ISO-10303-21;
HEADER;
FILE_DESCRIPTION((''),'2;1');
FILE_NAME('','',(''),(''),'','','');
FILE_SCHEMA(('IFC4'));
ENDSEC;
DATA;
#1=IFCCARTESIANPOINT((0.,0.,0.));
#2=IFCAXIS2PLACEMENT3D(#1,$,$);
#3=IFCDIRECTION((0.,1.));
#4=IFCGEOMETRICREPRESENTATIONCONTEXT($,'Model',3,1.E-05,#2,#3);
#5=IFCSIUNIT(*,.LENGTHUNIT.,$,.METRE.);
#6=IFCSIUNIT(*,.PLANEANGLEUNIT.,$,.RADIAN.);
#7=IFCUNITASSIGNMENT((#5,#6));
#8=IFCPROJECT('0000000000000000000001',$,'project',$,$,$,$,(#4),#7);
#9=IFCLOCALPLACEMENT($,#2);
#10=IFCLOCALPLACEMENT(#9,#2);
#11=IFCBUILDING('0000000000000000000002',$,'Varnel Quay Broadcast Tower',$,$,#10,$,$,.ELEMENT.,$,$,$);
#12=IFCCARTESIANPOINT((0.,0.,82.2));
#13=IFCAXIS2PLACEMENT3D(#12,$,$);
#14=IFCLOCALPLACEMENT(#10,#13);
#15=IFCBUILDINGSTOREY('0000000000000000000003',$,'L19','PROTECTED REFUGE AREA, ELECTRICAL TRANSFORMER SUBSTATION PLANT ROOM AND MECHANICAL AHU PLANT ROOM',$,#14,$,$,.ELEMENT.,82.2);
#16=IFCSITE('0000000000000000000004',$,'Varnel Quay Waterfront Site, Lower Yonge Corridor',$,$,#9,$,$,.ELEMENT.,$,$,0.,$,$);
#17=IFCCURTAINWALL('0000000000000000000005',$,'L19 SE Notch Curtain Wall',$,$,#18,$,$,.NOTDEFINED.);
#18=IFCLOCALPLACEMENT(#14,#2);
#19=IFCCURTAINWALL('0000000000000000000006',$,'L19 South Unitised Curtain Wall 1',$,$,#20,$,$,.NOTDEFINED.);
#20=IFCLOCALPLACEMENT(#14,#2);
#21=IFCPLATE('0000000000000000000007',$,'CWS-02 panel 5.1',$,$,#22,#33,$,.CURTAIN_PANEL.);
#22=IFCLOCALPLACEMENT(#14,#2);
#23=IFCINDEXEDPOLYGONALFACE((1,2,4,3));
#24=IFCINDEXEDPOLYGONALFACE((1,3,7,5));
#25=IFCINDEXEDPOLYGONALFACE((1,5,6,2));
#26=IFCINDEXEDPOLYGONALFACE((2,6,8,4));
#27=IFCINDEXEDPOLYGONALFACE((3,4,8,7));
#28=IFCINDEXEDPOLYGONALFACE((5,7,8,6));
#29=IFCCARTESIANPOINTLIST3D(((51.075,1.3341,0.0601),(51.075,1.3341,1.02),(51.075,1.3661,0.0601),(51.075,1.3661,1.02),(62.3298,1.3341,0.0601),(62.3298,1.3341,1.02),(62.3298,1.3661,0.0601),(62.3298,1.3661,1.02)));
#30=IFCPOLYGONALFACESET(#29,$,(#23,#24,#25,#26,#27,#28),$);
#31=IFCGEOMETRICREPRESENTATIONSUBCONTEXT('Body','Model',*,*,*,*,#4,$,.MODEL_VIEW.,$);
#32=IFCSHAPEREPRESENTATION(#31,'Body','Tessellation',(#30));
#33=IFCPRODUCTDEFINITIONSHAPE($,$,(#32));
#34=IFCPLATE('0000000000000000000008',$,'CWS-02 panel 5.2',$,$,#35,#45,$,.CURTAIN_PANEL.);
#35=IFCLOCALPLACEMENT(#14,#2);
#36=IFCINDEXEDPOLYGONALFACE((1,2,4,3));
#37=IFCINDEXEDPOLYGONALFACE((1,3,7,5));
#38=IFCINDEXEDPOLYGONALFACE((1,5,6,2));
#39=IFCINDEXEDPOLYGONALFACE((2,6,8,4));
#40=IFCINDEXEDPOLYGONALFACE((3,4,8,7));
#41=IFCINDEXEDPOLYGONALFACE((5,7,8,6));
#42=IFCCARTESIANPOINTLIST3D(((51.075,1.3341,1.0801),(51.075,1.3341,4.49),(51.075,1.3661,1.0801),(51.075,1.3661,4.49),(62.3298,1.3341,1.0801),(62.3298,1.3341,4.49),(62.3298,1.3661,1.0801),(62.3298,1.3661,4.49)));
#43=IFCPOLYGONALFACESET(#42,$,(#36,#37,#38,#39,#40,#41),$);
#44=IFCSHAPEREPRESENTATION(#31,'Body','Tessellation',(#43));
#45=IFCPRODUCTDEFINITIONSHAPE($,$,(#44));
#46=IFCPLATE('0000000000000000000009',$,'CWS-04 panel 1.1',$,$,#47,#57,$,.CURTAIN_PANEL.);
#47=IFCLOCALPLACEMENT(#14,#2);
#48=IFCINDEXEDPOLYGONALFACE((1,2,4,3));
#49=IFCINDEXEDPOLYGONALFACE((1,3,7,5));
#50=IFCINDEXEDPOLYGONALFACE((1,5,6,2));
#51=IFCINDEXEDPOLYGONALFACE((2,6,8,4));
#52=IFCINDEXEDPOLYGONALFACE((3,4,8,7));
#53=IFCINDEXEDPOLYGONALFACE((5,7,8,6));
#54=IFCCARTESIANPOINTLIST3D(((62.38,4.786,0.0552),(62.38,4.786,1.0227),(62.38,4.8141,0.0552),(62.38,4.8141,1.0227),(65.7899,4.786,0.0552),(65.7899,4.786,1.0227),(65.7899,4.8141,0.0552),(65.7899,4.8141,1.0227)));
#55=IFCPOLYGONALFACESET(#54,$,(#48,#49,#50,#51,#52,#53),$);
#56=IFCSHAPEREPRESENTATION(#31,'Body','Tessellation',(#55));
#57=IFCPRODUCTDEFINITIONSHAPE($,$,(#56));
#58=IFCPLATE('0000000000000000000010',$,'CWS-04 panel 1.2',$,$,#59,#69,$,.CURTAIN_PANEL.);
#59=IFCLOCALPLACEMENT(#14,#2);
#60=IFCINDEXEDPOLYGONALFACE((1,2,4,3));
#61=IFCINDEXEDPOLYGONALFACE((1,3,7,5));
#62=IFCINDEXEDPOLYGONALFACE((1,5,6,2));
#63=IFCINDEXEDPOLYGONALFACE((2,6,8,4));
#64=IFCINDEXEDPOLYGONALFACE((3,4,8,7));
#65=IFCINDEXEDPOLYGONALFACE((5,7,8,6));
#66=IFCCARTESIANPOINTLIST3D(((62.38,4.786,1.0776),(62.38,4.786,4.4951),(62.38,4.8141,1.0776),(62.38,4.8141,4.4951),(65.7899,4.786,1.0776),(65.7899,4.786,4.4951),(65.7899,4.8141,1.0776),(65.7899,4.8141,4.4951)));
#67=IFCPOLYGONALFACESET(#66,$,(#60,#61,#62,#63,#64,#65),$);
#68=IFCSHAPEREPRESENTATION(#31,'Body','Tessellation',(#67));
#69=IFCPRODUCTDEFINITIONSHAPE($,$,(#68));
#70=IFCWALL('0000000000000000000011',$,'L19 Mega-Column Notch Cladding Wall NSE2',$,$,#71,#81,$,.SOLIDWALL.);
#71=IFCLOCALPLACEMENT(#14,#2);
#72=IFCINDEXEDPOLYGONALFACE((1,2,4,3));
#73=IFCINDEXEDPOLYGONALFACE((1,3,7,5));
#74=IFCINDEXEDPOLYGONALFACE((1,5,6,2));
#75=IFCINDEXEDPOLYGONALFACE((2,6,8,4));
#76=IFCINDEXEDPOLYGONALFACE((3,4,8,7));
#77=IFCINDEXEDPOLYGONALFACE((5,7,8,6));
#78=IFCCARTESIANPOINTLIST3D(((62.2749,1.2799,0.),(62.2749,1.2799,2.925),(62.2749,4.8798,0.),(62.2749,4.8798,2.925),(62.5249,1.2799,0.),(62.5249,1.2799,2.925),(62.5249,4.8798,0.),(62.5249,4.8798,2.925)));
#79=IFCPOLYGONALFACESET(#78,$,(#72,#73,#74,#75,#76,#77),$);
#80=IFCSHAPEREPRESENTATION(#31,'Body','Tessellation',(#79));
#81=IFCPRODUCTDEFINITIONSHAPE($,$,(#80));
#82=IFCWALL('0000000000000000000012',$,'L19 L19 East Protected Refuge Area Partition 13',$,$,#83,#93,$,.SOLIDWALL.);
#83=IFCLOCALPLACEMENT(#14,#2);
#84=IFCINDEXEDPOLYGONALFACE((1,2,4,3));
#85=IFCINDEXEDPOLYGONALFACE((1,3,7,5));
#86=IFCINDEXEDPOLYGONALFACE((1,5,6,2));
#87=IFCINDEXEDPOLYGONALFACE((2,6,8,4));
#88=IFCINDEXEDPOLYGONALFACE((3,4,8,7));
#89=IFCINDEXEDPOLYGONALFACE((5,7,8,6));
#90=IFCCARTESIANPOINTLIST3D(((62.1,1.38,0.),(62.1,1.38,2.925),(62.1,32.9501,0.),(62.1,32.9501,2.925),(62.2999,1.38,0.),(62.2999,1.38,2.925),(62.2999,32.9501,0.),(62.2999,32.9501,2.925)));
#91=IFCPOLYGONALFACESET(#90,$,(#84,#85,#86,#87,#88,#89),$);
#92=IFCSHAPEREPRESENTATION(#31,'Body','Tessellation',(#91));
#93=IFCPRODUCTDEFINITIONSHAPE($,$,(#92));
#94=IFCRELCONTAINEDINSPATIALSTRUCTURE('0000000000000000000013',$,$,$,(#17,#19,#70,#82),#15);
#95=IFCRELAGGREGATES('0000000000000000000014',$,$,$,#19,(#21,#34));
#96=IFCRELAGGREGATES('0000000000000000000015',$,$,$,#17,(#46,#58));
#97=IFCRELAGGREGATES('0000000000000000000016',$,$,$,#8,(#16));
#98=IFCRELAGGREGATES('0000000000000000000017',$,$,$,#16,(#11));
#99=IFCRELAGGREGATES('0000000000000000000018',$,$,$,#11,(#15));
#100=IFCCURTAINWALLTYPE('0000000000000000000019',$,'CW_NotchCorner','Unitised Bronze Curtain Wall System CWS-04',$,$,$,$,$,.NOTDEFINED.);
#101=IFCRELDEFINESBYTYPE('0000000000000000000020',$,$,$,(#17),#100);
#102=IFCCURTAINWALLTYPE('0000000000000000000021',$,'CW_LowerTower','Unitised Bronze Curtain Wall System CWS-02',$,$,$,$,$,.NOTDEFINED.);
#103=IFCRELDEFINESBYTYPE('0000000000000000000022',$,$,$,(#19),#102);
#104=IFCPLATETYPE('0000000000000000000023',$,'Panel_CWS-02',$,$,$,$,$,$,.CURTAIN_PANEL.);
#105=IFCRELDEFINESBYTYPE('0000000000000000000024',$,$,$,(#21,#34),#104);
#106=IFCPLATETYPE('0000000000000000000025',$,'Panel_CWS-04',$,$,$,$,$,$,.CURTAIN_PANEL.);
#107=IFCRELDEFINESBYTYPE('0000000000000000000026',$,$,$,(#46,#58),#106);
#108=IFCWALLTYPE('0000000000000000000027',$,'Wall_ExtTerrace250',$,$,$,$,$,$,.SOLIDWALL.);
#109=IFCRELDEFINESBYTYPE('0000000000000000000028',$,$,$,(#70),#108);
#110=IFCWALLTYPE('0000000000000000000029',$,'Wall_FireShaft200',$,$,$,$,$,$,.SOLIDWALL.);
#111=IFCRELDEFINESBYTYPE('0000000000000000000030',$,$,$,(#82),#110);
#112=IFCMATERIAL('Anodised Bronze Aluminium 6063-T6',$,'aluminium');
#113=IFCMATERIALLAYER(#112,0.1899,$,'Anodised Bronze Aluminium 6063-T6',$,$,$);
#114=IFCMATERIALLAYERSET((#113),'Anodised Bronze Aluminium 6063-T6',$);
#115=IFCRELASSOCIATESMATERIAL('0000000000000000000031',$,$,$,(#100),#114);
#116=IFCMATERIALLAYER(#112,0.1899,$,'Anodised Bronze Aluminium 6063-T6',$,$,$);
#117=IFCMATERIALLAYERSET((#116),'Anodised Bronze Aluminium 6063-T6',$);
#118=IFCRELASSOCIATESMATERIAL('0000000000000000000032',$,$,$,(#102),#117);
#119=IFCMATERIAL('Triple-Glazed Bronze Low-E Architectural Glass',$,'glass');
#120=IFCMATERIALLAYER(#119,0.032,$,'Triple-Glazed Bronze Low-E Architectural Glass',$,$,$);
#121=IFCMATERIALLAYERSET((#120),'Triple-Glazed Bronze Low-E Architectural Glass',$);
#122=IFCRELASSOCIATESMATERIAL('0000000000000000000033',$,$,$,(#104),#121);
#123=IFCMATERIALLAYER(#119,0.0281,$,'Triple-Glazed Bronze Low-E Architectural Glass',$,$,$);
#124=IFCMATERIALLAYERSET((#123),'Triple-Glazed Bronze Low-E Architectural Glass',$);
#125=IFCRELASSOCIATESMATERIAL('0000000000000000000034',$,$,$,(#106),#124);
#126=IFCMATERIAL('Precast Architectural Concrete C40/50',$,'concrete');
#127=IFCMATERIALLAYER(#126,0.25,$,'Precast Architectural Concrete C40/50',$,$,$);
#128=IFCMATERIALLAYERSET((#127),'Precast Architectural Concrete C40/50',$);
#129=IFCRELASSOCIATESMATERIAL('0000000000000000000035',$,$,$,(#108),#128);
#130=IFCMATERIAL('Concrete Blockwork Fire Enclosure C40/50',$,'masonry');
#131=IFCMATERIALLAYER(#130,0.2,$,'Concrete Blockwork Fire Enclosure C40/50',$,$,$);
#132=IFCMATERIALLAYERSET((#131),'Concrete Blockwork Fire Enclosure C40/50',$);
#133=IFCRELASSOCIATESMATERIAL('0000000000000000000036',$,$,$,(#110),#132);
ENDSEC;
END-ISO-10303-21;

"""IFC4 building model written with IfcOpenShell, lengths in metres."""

from ifc_helpers import new_model, si_unit, direction, frame, frame_2d, origin, origin_2d, place, context, subcontext, project, spatial, rectangle, extrude, source, transform, mapped, material, layer, layer_set, type_object, type_shapes, element, aggregate, save


model = new_model("IFC4")

# Units and contexts
model_context = context("Model", 3, precision=1e-05, world=origin(), true_north=direction((0.0, 1.0)))
body_context = subcontext(model_context, "Body", "Model", "MODEL_VIEW")
ifc_project = project(units=[si_unit("LENGTHUNIT", "METRE"), si_unit("PLANEANGLEUNIT", "RADIAN")], contexts=[model_context])

# Site, building, storey
site_placement = place(None, origin())
site = spatial("IfcSite", under=ifc_project, at=site_placement, Name="Varnel Quay Waterfront Site, Lower Yonge Corridor", CompositionType="ELEMENT", RefElevation=0.0)
building_placement = place(site_placement, origin())
building = spatial("IfcBuilding", under=site, at=building_placement, Name="Varnel Quay Broadcast Tower", CompositionType="ELEMENT")
storey_placement = place(building_placement, frame((0.0, 0.0, 82.2)))
storey = spatial("IfcBuildingStorey", under=building, at=storey_placement, Name="L19", Description="PROTECTED REFUGE AREA, ELECTRICAL TRANSFORMER SUBSTATION PLANT ROOM AND MECHANICAL AHU PLANT ROOM", CompositionType="ELEMENT", Elevation=82.2)

# Curtain wall
ifc_material_1 = material(Name="Anodised Bronze Aluminium 6063-T6", Category="aluminium")
ifc_layer_1 = layer(ifc_material_1, 0.1899, Name="Anodised Bronze Aluminium 6063-T6")
ifc_layer_set_1 = layer_set([ifc_layer_1], Name="Anodised Bronze Aluminium 6063-T6")
curtain_wall_type_1 = type_object("IfcCurtainWallType", Name="CW_NotchCorner", Description="Unitised Bronze Curtain Wall System CWS-04", PredefinedType="NOTDEFINED", material=ifc_layer_set_1)
curtain_wall_1_placement = place(storey_placement, origin())
curtain_wall_1 = element("IfcCurtainWall", 1, at=curtain_wall_1_placement, inside=storey, type_object=curtain_wall_type_1, Name="L19 SE Notch Curtain Wall", PredefinedType="NOTDEFINED")

# Curtain wall
ifc_layer_2 = layer(ifc_material_1, 0.1899, Name="Anodised Bronze Aluminium 6063-T6")
ifc_layer_set_2 = layer_set([ifc_layer_2], Name="Anodised Bronze Aluminium 6063-T6")
curtain_wall_type_2 = type_object("IfcCurtainWallType", Name="CW_LowerTower", Description="Unitised Bronze Curtain Wall System CWS-02", PredefinedType="NOTDEFINED", material=ifc_layer_set_2)
curtain_wall_2_placement = place(storey_placement, origin())
curtain_wall_2 = element("IfcCurtainWall", 2, at=curtain_wall_2_placement, inside=storey, type_object=curtain_wall_type_2, Name="L19 South Unitised Curtain Wall 1", PredefinedType="NOTDEFINED")

# Plates
ifc_material_2 = material(Name="Triple-Glazed Bronze Low-E Architectural Glass", Category="glass")
ifc_layer_3 = layer(ifc_material_2, 0.032, Name="Triple-Glazed Bronze Low-E Architectural Glass")
ifc_layer_set_3 = layer_set([ifc_layer_3], Name="Triple-Glazed Bronze Low-E Architectural Glass")
plate_type_1 = type_object("IfcPlateType", Name="Panel_CWS-02", PredefinedType="CURTAIN_PANEL", material=ifc_layer_set_3)
shared_shape_1 = source(origin(), body_context, "Body", "SweptSolid", [
    extrude(rectangle(XDim=11.2549, YDim=0.032, at=origin_2d()), origin(), (0.0, 0.0, 1.0), 0.96),
])
plate_1_placement = place(storey_placement, frame((56.7024, 1.3501, 0.0601), z_axis=(0.0, 0.0, 1.0), x_axis=(1.0, 0.0, 0.0)))
plate_1 = element("IfcPlate", 3, at=plate_1_placement, type_object=plate_type_1, Name="CWS-02 panel 5.1", PredefinedType="CURTAIN_PANEL", context=body_context, shape_type="MappedRepresentation", body=[
    mapped(shared_shape_1, transform((0.0, 0.0, 0.0), x_axis=(1.0, 0.0, 0.0), y_axis=(0.0, 1.0, 0.0), z_axis=(0.0, 0.0, 1.0), scale=1.0)),
])
shared_shape_2 = source(origin(), body_context, "Body", "SweptSolid", [
    extrude(rectangle(XDim=11.2549, YDim=0.032, at=origin_2d()), origin(), (0.0, 0.0, 1.0), 3.4099),
])
type_shapes(plate_type_1, [shared_shape_1, shared_shape_2])
plate_2_placement = place(storey_placement, frame((56.7024, 1.3501, 1.0801), z_axis=(0.0, 0.0, 1.0), x_axis=(1.0, 0.0, 0.0)))
plate_2 = element("IfcPlate", 4, at=plate_2_placement, type_object=plate_type_1, Name="CWS-02 panel 5.2", PredefinedType="CURTAIN_PANEL", context=body_context, shape_type="MappedRepresentation", body=[
    mapped(shared_shape_2, transform((0.0, 0.0, 0.0), x_axis=(1.0, 0.0, 0.0), y_axis=(0.0, 1.0, 0.0), z_axis=(0.0, 0.0, 1.0), scale=1.0)),
])
aggregate(curtain_wall_2, [plate_1, plate_2])
ifc_layer_4 = layer(ifc_material_2, 0.0281, Name="Triple-Glazed Bronze Low-E Architectural Glass")
ifc_layer_set_4 = layer_set([ifc_layer_4], Name="Triple-Glazed Bronze Low-E Architectural Glass")
plate_type_2 = type_object("IfcPlateType", Name="Panel_CWS-04", PredefinedType="CURTAIN_PANEL", material=ifc_layer_set_4)
shared_shape_3 = source(origin(), body_context, "Body", "SweptSolid", [
    extrude(rectangle(XDim=3.4099, YDim=0.0281, at=origin_2d()), origin(), (0.0, 0.0, 1.0), 0.9675),
])
plate_3_placement = place(storey_placement, frame((64.085, 4.8, 0.0552), z_axis=(0.0, 0.0, 1.0), x_axis=(1.0, 0.0, 0.0)))
plate_3 = element("IfcPlate", 5, at=plate_3_placement, type_object=plate_type_2, Name="CWS-04 panel 1.1", PredefinedType="CURTAIN_PANEL", context=body_context, shape_type="MappedRepresentation", body=[
    mapped(shared_shape_3, transform((0.0, 0.0, 0.0), x_axis=(1.0, 0.0, 0.0), y_axis=(0.0, 1.0, 0.0), z_axis=(0.0, 0.0, 1.0), scale=1.0)),
])
shared_shape_4 = source(origin(), body_context, "Body", "SweptSolid", [
    extrude(rectangle(XDim=3.4099, YDim=0.0281, at=origin_2d()), origin(), (0.0, 0.0, 1.0), 3.4175),
])
type_shapes(plate_type_2, [shared_shape_3, shared_shape_4])
plate_4_placement = place(storey_placement, frame((64.085, 4.8, 1.0776), z_axis=(0.0, 0.0, 1.0), x_axis=(1.0, 0.0, 0.0)))
plate_4 = element("IfcPlate", 6, at=plate_4_placement, type_object=plate_type_2, Name="CWS-04 panel 1.2", PredefinedType="CURTAIN_PANEL", context=body_context, shape_type="MappedRepresentation", body=[
    mapped(shared_shape_4, transform((0.0, 0.0, 0.0), x_axis=(1.0, 0.0, 0.0), y_axis=(0.0, 1.0, 0.0), z_axis=(0.0, 0.0, 1.0), scale=1.0)),
])
aggregate(curtain_wall_1, [plate_3, plate_4])

# Walls
ifc_material_3 = material(Name="Precast Architectural Concrete C40/50", Category="concrete")
ifc_layer_5 = layer(ifc_material_3, 0.25, Name="Precast Architectural Concrete C40/50")
ifc_layer_set_5 = layer_set([ifc_layer_5], Name="Precast Architectural Concrete C40/50")
wall_type_1 = type_object("IfcWallType", Name="Wall_ExtTerrace250", PredefinedType="SOLIDWALL", material=ifc_layer_set_5)
wall_1_placement = place(storey_placement, frame((62.3999, 1.28, 0.0), z_axis=(0.0, 0.0, 1.0), x_axis=(0.0, 1.0, 0.0)))
element("IfcWall", 7, at=wall_1_placement, inside=storey, type_object=wall_type_1, Name="L19 Mega-Column Notch Cladding Wall NSE2", PredefinedType="SOLIDWALL", context=body_context, shape_type="SweptSolid", body=[
    extrude(rectangle(XDim=3.5999, YDim=0.25, at=frame_2d((1.7998, 0.0))), origin(), (0.0, 0.0, 1.0), 2.925),
])
ifc_material_4 = material(Name="Concrete Blockwork Fire Enclosure C40/50", Category="masonry")
ifc_layer_6 = layer(ifc_material_4, 0.2, Name="Concrete Blockwork Fire Enclosure C40/50")
ifc_layer_set_6 = layer_set([ifc_layer_6], Name="Concrete Blockwork Fire Enclosure C40/50")
wall_type_2 = type_object("IfcWallType", Name="Wall_FireShaft200", PredefinedType="SOLIDWALL", material=ifc_layer_set_6)
wall_2_placement = place(storey_placement, frame((62.2, 1.3799, 0.0), z_axis=(0.0, 0.0, 1.0), x_axis=(0.0, 1.0, 0.0)))
element("IfcWall", 8, at=wall_2_placement, inside=storey, type_object=wall_type_2, Name="L19 L19 East Protected Refuge Area Partition 13", PredefinedType="SOLIDWALL", context=body_context, shape_type="SweptSolid", body=[
    extrude(rectangle(XDim=31.5701, YDim=0.2, at=frame_2d((15.7852, 0.0))), origin(), (0.0, 0.0, 1.0), 2.925),
])

save(model, "model.ifc")
